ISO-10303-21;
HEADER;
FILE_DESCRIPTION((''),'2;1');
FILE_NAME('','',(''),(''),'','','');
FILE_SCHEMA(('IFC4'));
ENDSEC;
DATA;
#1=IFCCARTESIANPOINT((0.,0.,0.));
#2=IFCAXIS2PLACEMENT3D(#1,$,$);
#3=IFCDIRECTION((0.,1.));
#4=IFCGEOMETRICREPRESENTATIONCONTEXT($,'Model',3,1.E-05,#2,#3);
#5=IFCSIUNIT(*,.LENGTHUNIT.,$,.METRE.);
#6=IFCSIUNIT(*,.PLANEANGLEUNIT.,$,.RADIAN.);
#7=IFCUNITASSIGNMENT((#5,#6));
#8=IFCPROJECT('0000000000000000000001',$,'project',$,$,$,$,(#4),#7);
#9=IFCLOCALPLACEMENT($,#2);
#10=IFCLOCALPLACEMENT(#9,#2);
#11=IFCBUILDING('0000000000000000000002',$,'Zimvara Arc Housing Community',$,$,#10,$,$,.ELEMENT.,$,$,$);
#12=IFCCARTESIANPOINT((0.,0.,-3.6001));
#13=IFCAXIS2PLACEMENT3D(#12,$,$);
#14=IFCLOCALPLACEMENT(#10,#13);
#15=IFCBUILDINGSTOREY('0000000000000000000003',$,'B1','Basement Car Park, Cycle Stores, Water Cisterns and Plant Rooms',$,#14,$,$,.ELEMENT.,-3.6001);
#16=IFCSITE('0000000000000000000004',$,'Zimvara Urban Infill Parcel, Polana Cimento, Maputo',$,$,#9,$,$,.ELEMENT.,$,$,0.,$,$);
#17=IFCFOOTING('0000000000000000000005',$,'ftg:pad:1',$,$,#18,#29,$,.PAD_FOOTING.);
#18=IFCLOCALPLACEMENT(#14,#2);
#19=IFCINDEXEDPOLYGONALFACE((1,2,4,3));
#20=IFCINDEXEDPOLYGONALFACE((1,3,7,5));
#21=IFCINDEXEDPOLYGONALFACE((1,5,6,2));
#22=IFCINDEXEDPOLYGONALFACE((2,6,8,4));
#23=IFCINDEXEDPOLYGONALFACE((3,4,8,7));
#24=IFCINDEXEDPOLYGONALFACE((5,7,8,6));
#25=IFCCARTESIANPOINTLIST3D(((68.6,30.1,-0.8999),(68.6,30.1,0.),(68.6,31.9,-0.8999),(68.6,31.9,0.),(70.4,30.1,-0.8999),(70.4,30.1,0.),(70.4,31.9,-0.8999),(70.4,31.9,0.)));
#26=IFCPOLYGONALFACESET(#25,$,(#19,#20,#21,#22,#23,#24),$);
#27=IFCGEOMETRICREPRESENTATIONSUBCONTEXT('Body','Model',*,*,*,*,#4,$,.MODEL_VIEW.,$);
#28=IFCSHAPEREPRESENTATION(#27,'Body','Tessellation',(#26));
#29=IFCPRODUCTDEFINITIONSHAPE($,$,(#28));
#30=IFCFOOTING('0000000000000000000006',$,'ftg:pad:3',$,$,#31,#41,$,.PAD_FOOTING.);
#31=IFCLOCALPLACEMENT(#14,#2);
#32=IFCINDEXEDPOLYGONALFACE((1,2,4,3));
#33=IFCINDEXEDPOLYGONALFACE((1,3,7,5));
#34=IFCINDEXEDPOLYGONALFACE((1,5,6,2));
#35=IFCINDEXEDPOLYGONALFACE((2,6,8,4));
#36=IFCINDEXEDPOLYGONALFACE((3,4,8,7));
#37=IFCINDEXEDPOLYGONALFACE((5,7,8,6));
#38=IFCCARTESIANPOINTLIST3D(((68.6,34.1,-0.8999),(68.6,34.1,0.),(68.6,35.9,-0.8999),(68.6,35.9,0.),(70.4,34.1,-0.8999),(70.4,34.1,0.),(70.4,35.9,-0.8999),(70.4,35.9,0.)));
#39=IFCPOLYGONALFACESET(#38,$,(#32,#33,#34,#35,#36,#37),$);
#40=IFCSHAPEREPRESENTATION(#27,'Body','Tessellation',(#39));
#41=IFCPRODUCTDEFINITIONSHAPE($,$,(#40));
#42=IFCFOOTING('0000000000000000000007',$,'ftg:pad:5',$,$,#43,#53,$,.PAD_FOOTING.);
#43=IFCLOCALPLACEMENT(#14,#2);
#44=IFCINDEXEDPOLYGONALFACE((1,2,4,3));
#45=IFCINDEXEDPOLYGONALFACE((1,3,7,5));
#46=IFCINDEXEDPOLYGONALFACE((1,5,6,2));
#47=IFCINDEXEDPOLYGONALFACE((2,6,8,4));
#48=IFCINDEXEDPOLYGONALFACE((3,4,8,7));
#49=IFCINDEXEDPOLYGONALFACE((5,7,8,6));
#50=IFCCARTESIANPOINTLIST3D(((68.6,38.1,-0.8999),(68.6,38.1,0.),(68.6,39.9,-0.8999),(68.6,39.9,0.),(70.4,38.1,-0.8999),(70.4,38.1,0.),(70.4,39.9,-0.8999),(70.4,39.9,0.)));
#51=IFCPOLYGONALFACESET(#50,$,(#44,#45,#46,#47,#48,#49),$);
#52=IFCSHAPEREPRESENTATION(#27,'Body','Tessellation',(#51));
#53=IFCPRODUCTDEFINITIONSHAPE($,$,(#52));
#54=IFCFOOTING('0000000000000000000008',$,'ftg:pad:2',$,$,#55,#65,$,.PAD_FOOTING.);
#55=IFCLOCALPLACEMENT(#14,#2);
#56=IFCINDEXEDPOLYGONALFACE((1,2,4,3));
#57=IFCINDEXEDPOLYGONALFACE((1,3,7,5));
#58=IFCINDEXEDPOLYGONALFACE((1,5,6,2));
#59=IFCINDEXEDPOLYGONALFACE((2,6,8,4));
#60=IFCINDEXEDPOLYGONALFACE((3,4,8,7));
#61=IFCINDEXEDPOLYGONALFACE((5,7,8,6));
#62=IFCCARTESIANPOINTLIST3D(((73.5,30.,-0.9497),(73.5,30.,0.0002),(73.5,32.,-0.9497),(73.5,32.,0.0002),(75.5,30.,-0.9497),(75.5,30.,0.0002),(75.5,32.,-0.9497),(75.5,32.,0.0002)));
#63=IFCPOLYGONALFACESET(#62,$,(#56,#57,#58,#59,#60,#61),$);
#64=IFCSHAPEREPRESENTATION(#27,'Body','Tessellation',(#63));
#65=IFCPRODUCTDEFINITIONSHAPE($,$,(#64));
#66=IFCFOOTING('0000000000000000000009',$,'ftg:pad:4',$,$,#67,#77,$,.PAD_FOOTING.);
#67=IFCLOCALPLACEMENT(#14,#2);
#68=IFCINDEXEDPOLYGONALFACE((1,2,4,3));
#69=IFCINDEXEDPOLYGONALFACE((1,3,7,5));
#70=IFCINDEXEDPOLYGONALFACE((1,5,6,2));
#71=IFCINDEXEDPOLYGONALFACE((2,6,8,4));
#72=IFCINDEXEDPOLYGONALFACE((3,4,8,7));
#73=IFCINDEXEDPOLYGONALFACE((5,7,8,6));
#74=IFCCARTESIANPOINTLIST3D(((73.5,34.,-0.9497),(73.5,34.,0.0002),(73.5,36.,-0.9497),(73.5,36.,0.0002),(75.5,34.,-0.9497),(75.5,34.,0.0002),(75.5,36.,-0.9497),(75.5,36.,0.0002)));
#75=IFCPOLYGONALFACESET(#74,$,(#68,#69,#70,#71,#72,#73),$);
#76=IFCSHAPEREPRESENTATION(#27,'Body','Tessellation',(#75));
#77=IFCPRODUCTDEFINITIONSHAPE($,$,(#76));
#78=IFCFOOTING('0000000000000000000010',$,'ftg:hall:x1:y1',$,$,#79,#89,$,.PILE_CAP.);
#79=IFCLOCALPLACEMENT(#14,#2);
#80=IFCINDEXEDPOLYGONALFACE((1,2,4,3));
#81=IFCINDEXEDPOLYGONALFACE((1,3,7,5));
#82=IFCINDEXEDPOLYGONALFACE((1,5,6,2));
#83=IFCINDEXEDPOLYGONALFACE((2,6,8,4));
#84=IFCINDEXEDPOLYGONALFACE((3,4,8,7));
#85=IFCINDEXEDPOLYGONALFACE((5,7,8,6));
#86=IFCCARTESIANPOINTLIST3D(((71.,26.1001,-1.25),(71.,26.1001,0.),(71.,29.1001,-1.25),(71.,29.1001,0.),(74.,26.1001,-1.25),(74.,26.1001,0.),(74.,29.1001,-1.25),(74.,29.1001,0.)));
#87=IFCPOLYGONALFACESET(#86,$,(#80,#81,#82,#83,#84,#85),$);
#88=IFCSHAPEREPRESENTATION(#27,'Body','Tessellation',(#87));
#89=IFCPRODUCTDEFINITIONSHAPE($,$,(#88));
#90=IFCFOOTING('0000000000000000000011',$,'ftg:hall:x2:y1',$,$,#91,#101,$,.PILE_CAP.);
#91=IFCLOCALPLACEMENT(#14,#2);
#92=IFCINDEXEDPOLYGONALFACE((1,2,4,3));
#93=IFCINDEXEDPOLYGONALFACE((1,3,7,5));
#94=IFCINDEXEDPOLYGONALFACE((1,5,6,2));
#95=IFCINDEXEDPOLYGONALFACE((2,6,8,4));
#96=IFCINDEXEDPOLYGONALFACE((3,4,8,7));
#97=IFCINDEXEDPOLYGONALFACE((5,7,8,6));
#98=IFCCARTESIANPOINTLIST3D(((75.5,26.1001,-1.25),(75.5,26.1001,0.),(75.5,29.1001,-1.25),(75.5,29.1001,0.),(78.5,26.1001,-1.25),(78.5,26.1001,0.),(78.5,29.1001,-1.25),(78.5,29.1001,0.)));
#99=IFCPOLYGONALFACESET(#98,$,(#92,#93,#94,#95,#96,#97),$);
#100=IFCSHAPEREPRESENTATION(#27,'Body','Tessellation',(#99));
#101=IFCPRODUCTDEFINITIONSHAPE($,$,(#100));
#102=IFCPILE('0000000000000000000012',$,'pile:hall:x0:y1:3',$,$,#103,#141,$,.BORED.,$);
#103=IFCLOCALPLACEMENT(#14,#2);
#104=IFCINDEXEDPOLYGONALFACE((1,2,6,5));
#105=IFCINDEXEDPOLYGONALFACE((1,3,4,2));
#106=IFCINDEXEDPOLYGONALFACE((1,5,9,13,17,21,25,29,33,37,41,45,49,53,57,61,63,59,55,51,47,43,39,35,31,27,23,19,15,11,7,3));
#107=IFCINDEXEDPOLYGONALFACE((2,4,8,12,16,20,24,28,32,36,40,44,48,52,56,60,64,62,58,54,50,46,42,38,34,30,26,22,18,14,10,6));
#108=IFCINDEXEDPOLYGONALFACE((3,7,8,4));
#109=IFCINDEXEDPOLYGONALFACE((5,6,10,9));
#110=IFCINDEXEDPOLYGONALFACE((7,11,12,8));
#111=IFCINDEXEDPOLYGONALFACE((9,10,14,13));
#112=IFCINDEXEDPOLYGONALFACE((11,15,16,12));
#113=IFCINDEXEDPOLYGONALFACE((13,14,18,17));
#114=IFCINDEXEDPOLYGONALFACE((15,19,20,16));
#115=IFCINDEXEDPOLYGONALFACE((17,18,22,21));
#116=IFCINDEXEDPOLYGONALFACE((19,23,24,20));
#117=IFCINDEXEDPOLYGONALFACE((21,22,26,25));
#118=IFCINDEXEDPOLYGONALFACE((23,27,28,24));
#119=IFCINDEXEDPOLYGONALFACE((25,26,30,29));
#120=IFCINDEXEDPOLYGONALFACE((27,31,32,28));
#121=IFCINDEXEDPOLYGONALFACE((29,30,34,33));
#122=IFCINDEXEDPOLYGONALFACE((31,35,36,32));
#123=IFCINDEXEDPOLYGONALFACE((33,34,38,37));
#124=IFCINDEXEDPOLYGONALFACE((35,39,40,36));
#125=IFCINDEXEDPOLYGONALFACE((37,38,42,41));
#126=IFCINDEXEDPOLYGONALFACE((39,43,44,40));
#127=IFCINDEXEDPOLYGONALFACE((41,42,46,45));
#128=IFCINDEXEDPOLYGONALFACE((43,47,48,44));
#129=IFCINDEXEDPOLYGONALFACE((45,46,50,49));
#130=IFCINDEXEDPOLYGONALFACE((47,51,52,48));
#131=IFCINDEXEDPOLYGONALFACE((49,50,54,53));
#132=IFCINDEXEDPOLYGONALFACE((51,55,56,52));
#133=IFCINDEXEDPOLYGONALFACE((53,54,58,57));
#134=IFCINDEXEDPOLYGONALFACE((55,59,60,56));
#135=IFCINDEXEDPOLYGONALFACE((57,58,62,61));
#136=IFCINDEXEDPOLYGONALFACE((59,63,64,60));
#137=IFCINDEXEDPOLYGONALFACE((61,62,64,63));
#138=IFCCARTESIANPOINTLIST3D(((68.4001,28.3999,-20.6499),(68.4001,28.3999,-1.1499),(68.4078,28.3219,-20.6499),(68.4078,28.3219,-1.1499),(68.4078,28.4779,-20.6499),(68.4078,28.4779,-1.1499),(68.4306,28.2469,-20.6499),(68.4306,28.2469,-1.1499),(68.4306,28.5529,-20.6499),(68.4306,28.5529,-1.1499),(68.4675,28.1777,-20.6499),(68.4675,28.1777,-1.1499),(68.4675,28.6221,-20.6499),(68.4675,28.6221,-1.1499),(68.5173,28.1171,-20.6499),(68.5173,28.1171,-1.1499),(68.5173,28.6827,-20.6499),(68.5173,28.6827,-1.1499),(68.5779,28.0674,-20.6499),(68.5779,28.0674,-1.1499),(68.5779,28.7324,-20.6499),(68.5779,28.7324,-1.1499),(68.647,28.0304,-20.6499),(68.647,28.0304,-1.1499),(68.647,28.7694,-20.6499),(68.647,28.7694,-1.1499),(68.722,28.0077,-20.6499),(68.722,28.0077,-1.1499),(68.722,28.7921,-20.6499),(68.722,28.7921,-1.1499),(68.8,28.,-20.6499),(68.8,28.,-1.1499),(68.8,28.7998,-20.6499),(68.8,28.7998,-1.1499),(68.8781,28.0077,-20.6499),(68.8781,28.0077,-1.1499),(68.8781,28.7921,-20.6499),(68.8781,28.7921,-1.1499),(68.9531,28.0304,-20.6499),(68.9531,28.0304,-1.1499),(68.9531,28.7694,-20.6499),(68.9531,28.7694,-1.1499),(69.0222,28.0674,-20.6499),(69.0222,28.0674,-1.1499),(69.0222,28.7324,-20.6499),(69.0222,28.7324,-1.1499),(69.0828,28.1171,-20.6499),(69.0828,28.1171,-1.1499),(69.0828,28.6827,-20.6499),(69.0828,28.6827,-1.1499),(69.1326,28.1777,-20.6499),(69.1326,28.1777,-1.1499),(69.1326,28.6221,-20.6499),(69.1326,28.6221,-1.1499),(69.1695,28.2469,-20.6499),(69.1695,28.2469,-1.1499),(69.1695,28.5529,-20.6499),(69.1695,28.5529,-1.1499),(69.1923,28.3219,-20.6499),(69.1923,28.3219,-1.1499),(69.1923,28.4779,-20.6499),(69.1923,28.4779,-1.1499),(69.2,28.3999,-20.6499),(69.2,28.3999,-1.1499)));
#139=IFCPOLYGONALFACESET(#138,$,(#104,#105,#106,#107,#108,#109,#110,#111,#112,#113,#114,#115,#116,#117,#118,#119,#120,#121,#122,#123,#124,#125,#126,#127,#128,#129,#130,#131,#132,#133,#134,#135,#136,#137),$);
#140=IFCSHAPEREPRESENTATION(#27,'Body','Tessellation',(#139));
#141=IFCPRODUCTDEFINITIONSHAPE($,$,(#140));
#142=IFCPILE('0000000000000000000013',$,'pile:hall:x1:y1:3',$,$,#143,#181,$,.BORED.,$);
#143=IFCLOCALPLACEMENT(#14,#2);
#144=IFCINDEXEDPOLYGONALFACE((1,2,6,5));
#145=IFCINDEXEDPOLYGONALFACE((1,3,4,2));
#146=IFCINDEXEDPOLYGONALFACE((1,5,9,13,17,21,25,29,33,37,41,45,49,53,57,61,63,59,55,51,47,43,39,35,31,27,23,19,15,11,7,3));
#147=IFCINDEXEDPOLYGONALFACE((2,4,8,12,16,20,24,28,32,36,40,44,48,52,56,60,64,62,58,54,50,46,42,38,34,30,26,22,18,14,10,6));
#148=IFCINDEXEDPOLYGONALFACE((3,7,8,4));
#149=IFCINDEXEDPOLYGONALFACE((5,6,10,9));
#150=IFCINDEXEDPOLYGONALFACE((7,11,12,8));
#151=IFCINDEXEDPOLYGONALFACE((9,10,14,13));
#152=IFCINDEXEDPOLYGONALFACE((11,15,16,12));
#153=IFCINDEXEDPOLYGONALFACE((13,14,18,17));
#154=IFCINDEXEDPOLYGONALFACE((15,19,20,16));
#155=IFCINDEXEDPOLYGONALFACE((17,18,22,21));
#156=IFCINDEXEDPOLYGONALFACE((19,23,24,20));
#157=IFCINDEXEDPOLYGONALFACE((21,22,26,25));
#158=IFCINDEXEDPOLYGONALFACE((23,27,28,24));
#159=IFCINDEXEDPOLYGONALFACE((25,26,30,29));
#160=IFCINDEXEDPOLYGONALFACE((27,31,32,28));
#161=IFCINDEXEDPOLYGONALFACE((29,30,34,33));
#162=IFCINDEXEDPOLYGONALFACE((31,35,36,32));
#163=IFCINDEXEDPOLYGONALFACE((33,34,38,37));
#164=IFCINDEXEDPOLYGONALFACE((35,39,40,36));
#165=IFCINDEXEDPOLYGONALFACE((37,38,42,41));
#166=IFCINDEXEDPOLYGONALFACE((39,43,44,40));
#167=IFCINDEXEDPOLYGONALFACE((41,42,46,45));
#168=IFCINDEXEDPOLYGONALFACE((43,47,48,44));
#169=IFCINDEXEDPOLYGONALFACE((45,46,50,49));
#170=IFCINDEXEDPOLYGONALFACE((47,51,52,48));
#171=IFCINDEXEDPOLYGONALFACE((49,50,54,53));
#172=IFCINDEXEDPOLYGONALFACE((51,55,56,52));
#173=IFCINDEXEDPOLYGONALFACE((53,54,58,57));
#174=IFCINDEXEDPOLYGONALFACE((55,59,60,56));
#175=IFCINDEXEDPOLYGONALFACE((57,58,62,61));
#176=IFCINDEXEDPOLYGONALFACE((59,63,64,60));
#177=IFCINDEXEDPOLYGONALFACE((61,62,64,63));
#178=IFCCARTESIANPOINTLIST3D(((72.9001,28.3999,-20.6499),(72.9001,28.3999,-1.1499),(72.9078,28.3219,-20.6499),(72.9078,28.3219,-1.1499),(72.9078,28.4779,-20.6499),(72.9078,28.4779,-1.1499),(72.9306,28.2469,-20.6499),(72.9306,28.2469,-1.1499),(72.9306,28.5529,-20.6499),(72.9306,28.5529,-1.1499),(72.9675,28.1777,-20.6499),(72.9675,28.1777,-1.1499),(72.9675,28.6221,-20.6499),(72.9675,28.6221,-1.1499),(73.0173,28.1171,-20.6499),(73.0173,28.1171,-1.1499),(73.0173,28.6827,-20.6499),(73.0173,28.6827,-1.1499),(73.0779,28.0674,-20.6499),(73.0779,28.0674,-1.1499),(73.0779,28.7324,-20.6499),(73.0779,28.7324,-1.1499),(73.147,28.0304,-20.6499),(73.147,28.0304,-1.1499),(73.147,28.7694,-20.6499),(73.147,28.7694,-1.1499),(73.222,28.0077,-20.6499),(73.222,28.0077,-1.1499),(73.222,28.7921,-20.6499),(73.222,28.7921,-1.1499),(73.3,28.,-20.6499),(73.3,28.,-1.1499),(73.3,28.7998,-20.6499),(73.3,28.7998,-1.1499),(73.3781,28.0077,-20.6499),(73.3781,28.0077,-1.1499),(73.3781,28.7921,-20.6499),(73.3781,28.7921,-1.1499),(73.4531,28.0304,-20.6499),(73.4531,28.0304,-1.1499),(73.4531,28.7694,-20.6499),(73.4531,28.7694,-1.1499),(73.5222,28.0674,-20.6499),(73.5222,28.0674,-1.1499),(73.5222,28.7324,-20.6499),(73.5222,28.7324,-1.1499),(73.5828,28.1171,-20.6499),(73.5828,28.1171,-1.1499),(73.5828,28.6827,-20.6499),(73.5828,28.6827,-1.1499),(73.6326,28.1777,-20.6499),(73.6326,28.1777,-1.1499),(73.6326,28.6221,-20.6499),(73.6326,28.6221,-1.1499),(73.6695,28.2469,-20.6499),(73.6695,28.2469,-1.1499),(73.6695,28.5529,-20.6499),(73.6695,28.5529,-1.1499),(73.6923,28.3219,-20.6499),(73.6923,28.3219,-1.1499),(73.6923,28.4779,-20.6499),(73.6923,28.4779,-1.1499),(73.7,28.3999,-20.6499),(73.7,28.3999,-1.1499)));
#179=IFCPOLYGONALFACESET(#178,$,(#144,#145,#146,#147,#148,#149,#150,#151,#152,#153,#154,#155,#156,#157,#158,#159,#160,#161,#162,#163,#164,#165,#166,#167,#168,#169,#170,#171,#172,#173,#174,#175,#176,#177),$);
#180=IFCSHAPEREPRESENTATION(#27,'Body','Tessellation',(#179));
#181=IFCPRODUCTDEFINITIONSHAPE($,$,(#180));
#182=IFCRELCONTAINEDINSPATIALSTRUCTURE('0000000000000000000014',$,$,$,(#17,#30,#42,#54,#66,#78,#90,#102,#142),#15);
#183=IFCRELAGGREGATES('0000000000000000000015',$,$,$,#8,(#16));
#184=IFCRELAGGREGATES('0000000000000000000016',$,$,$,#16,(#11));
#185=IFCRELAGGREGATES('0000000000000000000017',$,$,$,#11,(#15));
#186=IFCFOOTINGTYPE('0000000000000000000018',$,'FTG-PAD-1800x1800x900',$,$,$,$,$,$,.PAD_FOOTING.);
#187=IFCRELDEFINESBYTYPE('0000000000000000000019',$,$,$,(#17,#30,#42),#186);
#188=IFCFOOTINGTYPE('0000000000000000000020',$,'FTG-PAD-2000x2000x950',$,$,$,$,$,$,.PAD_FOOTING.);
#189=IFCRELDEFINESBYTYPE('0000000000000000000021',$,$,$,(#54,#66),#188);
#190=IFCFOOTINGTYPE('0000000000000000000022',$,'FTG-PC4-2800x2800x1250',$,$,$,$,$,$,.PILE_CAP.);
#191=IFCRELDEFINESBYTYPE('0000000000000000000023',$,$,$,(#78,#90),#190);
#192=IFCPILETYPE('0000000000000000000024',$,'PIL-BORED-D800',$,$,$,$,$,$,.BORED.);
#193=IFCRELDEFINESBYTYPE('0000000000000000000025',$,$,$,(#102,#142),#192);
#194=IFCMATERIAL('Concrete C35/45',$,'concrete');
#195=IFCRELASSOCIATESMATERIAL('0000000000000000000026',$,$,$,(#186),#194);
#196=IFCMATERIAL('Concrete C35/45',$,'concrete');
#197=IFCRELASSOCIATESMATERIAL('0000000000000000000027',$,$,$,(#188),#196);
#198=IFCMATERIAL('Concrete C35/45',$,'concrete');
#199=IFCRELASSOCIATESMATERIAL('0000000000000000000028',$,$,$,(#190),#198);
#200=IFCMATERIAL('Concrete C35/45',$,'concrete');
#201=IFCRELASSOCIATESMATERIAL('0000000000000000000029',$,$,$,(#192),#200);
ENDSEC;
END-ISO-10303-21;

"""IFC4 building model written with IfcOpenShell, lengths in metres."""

from ifc_helpers import new_model, si_unit, direction, frame, origin, origin_2d, place, context, subcontext, project, spatial, rectangle, circle, extrude, material, material_profile, profile_set, type_object, element, save


model = new_model("IFC4")

# Units and contexts
model_context = context("Model", 3, precision=1e-05, world=origin(), true_north=direction((0.0, 1.0)))
body_context = subcontext(model_context, "Body", "Model", "MODEL_VIEW")
ifc_project = project(units=[si_unit("LENGTHUNIT", "METRE"), si_unit("PLANEANGLEUNIT", "RADIAN")], contexts=[model_context])

# Site, building, storey
site_placement = place(None, origin())
site = spatial("IfcSite", under=ifc_project, at=site_placement, Name="Zimvara Urban Infill Parcel, Polana Cimento, Maputo", CompositionType="ELEMENT", RefElevation=0.0)
building_placement = place(site_placement, origin())
building = spatial("IfcBuilding", under=site, at=building_placement, Name="Zimvara Arc Housing Community", CompositionType="ELEMENT")
storey_placement = place(building_placement, frame((0.0, 0.0, -3.6001)))
storey = spatial("IfcBuildingStorey", under=building, at=storey_placement, Name="B1", Description="Basement Car Park, Cycle Stores, Water Cisterns and Plant Rooms", CompositionType="ELEMENT", Elevation=-3.6001)

# Footings
ifc_material_1 = material(Name="Concrete C35/45", Category="concrete")
footing_type_1 = type_object("IfcFootingType", Name="FTG-PAD-1800x1800x900", PredefinedType="PAD_FOOTING", material=ifc_material_1)
for number, where, z_axis, x_axis, name in (
    (1, (69.5, 31.0, -0.8999), (0.0, 0.0, 1.0), (1.0, 0.0, 0.0), "ftg:pad:1"),
    (2, (69.5, 35.0, -0.8999), (0.0, 0.0, 1.0), (1.0, 0.0, 0.0), "ftg:pad:3"),
    (3, (69.5, 39.0, -0.8999), (0.0, 0.0, 1.0), (1.0, 0.0, 0.0), "ftg:pad:5"),
):
    element("IfcFooting", number, at=place(storey_placement, frame(where, z_axis=z_axis, x_axis=x_axis)), inside=storey, type_object=footing_type_1, Name=name, PredefinedType="PAD_FOOTING", context=body_context, shape_type="SweptSolid", body=[
        extrude(rectangle(XDim=1.8, YDim=1.8, at=origin_2d()), origin(), (0.0, 0.0, 1.0), 0.8999),
    ])
ifc_material_2 = material(Name="Concrete C35/45", Category="concrete")
footing_type_2 = type_object("IfcFootingType", Name="FTG-PAD-2000x2000x950", PredefinedType="PAD_FOOTING", material=ifc_material_2)
for number, where, z_axis, x_axis, name in (
    (4, (74.5, 31.0, -0.9497), (0.0, 0.0, 1.0), (1.0, 0.0, 0.0), "ftg:pad:2"),
    (5, (74.5, 35.0, -0.9497), (0.0, 0.0, 1.0), (1.0, 0.0, 0.0), "ftg:pad:4"),
):
    element("IfcFooting", number, at=place(storey_placement, frame(where, z_axis=z_axis, x_axis=x_axis)), inside=storey, type_object=footing_type_2, Name=name, PredefinedType="PAD_FOOTING", context=body_context, shape_type="SweptSolid", body=[
        extrude(rectangle(XDim=2.0, YDim=2.0, at=origin_2d()), origin(), (0.0, 0.0, 1.0), 0.95),
    ])
ifc_material_3 = material(Name="Concrete C35/45", Category="concrete")
footing_type_3 = type_object("IfcFootingType", Name="FTG-PC4-2800x2800x1250", PredefinedType="PILE_CAP", material=ifc_material_3)
for number, where, z_axis, x_axis, name in (
    (6, (72.5, 27.6001, -1.25), (0.0, 0.0, 1.0), (1.0, 0.0, 0.0), "ftg:hall:x1:y1"),
    (7, (77.0, 27.6001, -1.25), (0.0, 0.0, 1.0), (1.0, 0.0, 0.0), "ftg:hall:x2:y1"),
):
    element("IfcFooting", number, at=place(storey_placement, frame(where, z_axis=z_axis, x_axis=x_axis)), inside=storey, type_object=footing_type_3, Name=name, PredefinedType="PILE_CAP", context=body_context, shape_type="SweptSolid", body=[
        extrude(rectangle(XDim=3.0, YDim=3.0, at=origin_2d()), origin(), (0.0, 0.0, 1.0), 1.25),
    ])

# Piles
ifc_material_4 = material(Name="Concrete C35/45", Category="concrete")
ifc_material_profile_1 = material_profile(ifc_material_4, circle(Radius=0.3999, at=origin_2d()), Name="PILE D800")
ifc_profile_set_1 = profile_set([ifc_material_profile_1], Name="Concrete C35/45")
pile_type = type_object("IfcPileType", Name="PIL-BORED-D800", PredefinedType="BORED", material=ifc_profile_set_1)
for number, where, z_axis, x_axis, name in (
    (8, (68.8, 28.3999, -1.1499), (0.0, 0.0, -1.0), (1.0, 0.0, 0.0), "pile:hall:x0:y1:3"),
    (9, (73.3, 28.3999, -1.1499), (0.0, 0.0, -1.0), (1.0, 0.0, 0.0), "pile:hall:x1:y1:3"),
):
    element("IfcPile", number, at=place(storey_placement, frame(where, z_axis=z_axis, x_axis=x_axis)), inside=storey, type_object=pile_type, Name=name, PredefinedType="BORED", context=body_context, shape_type="SweptSolid", body=[
        extrude(circle(Radius=0.3999, at=origin_2d()), origin(), (0.0, 0.0, 1.0), 19.5),
    ])

save(model, "model.ifc")
